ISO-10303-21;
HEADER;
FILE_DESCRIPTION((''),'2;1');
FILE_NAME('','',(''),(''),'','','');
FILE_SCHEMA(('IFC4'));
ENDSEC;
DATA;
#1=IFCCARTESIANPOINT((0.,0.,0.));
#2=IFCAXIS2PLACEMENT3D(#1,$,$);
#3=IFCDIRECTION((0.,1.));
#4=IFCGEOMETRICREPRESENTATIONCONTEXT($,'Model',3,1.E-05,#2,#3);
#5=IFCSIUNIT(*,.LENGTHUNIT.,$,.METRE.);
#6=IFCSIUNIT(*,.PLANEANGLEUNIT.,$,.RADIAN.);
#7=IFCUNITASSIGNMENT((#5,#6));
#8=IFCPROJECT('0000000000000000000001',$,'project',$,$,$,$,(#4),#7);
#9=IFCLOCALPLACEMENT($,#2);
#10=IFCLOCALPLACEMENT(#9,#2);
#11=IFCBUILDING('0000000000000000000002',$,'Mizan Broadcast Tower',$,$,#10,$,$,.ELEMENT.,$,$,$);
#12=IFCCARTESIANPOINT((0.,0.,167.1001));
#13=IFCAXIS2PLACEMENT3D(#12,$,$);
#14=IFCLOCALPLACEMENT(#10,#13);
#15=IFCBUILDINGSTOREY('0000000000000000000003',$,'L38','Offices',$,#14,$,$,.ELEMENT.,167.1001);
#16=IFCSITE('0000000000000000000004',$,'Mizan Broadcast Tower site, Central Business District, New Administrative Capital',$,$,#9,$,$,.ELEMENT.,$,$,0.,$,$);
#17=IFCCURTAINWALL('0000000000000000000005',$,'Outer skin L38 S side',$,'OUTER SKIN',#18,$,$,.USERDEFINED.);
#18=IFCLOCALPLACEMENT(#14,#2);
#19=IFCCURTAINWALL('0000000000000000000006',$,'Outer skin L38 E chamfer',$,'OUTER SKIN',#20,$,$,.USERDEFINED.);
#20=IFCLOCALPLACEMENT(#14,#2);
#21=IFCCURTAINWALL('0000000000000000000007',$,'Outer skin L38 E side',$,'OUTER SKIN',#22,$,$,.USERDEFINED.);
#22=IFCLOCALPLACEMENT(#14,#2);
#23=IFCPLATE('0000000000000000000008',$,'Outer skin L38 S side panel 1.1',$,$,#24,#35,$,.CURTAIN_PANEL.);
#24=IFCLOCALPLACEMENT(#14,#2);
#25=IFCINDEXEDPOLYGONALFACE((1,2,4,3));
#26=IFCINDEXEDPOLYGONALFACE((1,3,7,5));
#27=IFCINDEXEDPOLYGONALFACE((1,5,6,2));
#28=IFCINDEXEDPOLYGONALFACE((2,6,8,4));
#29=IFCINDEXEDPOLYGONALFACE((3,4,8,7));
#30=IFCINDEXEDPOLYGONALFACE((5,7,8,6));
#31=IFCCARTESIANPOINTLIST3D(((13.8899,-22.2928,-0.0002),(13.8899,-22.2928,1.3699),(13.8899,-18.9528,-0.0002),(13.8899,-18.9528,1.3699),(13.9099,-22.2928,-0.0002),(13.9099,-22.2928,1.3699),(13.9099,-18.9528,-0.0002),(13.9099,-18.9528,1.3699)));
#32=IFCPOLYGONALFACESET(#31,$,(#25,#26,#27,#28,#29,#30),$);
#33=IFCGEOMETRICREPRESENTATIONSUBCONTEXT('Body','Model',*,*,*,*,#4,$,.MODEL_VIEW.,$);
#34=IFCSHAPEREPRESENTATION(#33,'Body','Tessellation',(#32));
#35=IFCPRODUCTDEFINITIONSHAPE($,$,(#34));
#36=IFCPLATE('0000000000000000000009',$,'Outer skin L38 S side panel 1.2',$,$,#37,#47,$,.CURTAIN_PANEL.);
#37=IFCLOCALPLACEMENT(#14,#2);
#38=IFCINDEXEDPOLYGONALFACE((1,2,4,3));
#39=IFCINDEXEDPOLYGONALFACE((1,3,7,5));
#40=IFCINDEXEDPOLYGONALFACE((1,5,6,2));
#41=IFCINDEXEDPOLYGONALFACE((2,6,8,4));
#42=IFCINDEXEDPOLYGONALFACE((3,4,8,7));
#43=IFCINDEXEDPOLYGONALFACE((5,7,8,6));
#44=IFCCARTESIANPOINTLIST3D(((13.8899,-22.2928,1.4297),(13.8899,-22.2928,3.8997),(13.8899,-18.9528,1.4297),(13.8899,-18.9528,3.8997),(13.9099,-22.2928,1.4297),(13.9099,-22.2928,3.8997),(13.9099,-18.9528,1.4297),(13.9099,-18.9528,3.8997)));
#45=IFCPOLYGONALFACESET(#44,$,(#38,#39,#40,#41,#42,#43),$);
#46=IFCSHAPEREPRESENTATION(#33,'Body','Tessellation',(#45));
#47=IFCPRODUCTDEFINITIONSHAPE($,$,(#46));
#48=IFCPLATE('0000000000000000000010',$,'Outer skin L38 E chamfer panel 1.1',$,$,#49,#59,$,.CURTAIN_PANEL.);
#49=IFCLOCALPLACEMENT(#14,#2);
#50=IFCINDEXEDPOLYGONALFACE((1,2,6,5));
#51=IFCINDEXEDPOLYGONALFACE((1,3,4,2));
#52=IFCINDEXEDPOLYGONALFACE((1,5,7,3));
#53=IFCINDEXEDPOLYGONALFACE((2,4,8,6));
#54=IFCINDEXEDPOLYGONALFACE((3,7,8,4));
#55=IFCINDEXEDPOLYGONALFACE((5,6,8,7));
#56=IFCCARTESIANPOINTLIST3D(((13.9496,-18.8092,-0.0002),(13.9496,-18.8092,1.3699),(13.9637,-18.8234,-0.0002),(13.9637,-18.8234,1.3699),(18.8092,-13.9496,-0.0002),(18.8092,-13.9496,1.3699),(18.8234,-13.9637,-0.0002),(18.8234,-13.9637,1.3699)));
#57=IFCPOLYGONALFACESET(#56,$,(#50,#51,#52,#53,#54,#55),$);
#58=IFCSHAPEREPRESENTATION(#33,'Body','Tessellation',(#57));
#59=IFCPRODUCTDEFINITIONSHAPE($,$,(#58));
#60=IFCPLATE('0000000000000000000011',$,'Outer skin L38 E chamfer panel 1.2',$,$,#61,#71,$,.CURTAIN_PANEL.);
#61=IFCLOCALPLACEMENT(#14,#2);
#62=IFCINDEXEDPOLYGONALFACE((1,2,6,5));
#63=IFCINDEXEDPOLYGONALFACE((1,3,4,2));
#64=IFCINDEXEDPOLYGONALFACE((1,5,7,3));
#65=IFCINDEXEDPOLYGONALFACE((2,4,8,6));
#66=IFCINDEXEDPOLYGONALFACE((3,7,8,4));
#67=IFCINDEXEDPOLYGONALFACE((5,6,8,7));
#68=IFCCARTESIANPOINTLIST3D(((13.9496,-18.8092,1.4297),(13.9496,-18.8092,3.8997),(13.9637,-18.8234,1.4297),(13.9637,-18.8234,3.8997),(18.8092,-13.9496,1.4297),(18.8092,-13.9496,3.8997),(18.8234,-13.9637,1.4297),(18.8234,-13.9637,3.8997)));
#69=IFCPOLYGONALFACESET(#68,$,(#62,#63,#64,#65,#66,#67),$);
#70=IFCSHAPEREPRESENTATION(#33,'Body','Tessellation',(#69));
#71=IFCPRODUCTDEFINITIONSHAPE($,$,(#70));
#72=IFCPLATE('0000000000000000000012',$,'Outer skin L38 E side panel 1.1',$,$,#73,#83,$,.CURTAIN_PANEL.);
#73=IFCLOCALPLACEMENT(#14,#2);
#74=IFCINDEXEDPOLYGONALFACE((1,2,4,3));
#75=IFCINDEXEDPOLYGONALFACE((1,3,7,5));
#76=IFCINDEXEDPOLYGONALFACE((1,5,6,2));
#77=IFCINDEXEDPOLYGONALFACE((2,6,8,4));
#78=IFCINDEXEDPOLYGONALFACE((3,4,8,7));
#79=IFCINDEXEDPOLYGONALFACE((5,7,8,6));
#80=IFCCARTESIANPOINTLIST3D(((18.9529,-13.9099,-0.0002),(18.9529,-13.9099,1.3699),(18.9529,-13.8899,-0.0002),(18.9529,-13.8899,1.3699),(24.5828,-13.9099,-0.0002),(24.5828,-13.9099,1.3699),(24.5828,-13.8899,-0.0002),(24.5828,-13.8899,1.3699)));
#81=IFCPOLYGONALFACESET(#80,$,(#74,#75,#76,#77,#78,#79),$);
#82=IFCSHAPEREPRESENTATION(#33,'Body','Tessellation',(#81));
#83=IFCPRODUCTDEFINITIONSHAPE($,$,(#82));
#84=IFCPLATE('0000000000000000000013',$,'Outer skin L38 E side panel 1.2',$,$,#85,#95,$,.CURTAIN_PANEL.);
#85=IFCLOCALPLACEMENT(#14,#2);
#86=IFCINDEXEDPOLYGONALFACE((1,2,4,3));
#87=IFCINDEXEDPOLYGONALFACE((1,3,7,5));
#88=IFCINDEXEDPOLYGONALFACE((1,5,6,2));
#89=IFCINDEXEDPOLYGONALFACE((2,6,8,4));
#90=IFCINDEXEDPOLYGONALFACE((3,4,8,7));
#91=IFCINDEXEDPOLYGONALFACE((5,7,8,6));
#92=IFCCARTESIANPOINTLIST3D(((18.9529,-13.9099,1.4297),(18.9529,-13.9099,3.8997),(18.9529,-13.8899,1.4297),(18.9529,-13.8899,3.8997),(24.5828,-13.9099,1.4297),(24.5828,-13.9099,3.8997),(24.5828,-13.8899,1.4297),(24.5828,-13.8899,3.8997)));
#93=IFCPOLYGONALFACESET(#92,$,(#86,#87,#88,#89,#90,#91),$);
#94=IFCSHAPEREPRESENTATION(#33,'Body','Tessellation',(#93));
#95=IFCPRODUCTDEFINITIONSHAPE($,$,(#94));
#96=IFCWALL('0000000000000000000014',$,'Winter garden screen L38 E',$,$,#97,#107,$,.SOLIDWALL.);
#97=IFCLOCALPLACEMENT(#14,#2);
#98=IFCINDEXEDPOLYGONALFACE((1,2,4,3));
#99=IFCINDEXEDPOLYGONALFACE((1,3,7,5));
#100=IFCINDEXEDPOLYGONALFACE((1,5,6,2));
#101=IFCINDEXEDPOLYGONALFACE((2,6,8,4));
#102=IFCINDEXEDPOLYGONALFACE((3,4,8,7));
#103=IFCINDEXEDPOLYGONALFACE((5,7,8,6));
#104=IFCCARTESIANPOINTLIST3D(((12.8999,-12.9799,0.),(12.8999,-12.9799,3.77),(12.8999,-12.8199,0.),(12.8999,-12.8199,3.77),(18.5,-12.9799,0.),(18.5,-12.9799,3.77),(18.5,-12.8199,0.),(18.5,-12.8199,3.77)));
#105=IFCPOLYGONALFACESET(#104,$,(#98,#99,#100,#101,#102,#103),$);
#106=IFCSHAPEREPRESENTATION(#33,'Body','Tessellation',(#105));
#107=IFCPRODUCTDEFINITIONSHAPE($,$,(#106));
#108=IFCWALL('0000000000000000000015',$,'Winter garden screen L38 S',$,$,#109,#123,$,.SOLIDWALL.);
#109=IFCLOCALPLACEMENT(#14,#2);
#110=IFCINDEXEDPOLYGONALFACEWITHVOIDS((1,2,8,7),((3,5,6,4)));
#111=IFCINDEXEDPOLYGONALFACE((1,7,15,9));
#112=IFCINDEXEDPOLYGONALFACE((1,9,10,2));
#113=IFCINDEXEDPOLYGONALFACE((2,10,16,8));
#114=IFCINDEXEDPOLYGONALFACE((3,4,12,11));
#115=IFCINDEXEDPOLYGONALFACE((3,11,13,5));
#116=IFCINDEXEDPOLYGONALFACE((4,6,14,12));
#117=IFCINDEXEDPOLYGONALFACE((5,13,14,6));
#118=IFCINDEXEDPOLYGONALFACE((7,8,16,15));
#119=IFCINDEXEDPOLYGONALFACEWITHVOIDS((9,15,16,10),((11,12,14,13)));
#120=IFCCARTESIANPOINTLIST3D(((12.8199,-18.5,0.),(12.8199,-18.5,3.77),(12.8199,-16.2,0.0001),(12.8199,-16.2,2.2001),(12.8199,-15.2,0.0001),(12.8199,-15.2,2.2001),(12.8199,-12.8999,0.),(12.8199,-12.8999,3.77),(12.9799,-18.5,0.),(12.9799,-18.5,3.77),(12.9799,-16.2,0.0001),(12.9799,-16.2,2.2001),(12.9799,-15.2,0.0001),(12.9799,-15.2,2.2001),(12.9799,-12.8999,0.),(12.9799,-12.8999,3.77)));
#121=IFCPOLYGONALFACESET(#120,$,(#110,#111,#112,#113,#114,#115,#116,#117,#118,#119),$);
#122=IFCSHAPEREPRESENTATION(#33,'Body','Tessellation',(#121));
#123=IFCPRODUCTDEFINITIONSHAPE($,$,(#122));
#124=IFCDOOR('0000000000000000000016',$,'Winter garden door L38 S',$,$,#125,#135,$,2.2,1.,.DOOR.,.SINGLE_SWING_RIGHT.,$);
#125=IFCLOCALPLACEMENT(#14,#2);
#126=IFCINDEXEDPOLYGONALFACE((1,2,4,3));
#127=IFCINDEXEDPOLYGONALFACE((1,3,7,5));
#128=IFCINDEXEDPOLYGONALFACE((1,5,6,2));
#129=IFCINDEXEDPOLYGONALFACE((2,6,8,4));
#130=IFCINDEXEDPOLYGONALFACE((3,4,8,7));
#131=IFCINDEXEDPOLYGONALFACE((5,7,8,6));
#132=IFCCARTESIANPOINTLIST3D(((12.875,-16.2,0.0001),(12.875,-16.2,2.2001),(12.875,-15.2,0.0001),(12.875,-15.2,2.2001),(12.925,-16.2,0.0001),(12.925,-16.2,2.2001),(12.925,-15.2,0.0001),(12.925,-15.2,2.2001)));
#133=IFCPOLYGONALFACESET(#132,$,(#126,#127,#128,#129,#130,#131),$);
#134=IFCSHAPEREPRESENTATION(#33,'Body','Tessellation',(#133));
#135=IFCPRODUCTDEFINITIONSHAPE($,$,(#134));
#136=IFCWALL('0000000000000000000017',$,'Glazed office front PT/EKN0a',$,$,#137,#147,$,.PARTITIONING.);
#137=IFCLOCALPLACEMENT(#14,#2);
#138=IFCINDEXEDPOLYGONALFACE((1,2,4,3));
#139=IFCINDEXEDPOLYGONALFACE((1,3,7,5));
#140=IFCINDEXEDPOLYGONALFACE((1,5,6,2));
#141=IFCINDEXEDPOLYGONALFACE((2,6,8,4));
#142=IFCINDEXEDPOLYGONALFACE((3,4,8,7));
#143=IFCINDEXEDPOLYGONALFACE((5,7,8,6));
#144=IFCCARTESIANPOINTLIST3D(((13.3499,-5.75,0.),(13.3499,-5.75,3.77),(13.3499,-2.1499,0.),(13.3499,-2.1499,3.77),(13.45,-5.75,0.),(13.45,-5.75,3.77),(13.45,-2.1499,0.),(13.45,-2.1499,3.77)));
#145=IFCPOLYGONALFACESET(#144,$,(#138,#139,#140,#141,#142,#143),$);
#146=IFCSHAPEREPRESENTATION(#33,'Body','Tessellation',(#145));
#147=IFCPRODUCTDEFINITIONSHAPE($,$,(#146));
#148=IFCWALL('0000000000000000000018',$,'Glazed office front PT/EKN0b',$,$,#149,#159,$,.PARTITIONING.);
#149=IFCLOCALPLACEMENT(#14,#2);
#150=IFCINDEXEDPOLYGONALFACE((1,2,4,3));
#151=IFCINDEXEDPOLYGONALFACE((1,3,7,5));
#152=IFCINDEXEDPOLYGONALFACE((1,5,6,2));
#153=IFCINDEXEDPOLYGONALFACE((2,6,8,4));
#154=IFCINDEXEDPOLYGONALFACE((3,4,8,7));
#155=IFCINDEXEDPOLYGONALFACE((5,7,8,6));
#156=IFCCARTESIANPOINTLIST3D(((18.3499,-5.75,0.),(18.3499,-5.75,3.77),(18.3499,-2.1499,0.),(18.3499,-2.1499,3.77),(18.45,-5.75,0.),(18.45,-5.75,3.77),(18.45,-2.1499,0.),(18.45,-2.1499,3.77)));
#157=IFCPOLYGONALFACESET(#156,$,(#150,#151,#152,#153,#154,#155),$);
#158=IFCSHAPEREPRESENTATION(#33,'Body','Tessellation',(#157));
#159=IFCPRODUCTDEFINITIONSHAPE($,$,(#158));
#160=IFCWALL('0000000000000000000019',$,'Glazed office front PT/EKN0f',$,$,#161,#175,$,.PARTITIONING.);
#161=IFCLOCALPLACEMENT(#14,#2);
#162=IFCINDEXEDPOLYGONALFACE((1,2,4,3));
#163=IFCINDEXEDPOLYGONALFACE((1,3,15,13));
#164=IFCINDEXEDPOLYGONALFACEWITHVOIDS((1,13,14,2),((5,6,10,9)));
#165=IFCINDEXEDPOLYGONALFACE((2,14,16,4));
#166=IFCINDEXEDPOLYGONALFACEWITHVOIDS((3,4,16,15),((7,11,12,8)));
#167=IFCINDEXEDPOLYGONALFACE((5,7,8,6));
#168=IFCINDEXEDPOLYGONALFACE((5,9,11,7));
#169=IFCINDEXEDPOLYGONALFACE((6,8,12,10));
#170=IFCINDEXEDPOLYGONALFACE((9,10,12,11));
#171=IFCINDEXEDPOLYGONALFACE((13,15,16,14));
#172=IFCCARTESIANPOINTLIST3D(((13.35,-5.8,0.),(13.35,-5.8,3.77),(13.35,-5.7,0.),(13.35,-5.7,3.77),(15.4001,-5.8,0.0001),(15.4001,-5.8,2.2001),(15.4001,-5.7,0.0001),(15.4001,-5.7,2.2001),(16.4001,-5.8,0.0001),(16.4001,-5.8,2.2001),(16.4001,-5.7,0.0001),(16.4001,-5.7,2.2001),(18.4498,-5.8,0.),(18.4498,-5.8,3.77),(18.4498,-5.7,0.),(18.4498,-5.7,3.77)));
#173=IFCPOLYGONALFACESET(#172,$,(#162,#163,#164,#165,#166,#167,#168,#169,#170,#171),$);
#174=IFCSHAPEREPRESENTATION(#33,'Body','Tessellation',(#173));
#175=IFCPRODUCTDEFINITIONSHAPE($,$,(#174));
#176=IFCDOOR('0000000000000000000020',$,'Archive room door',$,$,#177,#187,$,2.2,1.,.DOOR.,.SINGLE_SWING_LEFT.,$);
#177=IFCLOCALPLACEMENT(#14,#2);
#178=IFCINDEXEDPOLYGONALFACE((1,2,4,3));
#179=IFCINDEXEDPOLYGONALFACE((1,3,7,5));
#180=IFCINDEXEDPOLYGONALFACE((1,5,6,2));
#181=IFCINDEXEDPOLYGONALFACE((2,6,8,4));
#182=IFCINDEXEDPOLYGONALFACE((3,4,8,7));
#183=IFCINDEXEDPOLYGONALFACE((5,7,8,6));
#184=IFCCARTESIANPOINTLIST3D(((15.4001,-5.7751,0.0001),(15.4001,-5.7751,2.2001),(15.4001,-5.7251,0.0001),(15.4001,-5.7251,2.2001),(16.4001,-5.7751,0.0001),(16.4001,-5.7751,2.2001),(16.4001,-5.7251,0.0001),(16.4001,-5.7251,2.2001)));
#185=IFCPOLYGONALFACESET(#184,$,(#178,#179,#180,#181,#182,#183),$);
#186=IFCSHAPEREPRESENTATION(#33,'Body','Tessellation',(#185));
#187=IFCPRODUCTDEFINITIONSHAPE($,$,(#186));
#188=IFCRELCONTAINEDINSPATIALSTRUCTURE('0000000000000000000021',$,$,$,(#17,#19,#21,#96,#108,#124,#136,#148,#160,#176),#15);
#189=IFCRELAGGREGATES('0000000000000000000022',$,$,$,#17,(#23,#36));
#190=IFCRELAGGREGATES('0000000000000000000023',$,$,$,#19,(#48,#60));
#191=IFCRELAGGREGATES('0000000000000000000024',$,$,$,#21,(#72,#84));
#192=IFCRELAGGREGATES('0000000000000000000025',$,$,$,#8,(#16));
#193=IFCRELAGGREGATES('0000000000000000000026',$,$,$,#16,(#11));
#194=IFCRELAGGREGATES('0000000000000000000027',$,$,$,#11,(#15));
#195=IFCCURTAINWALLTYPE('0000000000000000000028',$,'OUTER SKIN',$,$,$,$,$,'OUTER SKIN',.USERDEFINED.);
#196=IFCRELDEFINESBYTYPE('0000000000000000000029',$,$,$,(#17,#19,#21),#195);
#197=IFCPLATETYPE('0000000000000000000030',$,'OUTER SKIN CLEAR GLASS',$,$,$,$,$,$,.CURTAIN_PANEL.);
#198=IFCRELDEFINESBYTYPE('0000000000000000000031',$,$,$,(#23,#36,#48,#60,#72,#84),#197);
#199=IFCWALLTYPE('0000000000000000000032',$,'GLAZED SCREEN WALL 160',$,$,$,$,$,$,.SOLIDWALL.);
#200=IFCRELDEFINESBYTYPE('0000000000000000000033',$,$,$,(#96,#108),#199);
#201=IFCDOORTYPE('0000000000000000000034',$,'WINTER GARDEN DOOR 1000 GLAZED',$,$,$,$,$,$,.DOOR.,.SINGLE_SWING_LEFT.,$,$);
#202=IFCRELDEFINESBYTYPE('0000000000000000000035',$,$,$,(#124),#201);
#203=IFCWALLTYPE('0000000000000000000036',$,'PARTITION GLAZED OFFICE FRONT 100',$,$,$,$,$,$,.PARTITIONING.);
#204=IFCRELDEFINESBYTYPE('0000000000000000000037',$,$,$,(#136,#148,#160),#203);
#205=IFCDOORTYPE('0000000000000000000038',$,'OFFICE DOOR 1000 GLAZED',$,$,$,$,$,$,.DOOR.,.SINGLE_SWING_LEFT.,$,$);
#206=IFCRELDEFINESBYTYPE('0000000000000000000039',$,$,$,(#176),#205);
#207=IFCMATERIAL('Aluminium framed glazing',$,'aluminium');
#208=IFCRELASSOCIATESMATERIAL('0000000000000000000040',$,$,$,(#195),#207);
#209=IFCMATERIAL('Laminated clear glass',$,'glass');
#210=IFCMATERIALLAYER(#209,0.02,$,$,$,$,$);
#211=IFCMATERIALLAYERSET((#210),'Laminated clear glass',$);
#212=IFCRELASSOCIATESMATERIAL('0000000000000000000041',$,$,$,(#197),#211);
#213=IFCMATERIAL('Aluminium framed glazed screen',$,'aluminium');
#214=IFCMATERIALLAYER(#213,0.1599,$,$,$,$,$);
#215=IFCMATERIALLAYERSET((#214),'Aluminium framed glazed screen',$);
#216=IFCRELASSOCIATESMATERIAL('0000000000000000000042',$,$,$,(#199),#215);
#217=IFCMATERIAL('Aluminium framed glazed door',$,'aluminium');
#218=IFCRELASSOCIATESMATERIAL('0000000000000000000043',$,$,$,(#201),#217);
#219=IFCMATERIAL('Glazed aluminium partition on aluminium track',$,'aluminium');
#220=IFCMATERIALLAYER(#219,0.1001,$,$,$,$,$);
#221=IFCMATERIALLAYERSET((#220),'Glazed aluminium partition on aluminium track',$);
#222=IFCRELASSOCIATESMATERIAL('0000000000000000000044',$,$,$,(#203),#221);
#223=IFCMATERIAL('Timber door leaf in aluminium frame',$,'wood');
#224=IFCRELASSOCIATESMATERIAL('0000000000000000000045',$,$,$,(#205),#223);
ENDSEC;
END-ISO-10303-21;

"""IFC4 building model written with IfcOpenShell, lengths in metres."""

from ifc_helpers import new_model, si_unit, direction, frame, frame_2d, origin, origin_2d, place, context, subcontext, project, spatial, rectangle, extrude, material, layer, layer_set, type_object, element, fill, aggregate, save


model = new_model("IFC4")

# Units and contexts
model_context = context("Model", 3, precision=1e-05, world=origin(), true_north=direction((0.0, 1.0)))
body_context = subcontext(model_context, "Body", "Model", "MODEL_VIEW")
ifc_project = project(units=[si_unit("LENGTHUNIT", "METRE"), si_unit("PLANEANGLEUNIT", "RADIAN")], contexts=[model_context])

# Site, building, storey
site_placement = place(None, origin())
site = spatial("IfcSite", under=ifc_project, at=site_placement, Name="Mizan Broadcast Tower site, Central Business District, New Administrative Capital", CompositionType="ELEMENT", RefElevation=0.0)
building_placement = place(site_placement, origin())
building = spatial("IfcBuilding", under=site, at=building_placement, Name="Mizan Broadcast Tower", CompositionType="ELEMENT")
storey_placement = place(building_placement, frame((0.0, 0.0, 167.1001)))
storey = spatial("IfcBuildingStorey", under=building, at=storey_placement, Name="L38", Description="Offices", CompositionType="ELEMENT", Elevation=167.1001)

# Curtain walls
ifc_material_1 = material(Name="Aluminium framed glazing", Category="aluminium")
curtain_wall_type_1 = type_object("IfcCurtainWallType", Name="OUTER SKIN", ElementType="OUTER SKIN", PredefinedType="USERDEFINED", material=ifc_material_1)
curtain_wall_1_placement = place(storey_placement, origin())
curtain_wall_1 = element("IfcCurtainWall", 1, at=curtain_wall_1_placement, inside=storey, type_object=curtain_wall_type_1, Name="Outer skin L38 S side", ObjectType="OUTER SKIN", PredefinedType="USERDEFINED")
curtain_wall_2_placement = place(storey_placement, origin())
curtain_wall_2 = element("IfcCurtainWall", 2, at=curtain_wall_2_placement, inside=storey, type_object=curtain_wall_type_1, Name="Outer skin L38 E chamfer", ObjectType="OUTER SKIN", PredefinedType="USERDEFINED")
curtain_wall_3_placement = place(storey_placement, origin())
curtain_wall_3 = element("IfcCurtainWall", 3, at=curtain_wall_3_placement, inside=storey, type_object=curtain_wall_type_1, Name="Outer skin L38 E side", ObjectType="OUTER SKIN", PredefinedType="USERDEFINED")

# Plates
ifc_material_2 = material(Name="Laminated clear glass", Category="glass")
ifc_layer_1 = layer(ifc_material_2, 0.02)
ifc_layer_set_1 = layer_set([ifc_layer_1], Name="Laminated clear glass")
plate_type_1 = type_object("IfcPlateType", Name="OUTER SKIN CLEAR GLASS", PredefinedType="CURTAIN_PANEL", material=ifc_layer_set_1)
plate_1_placement = place(storey_placement, frame((13.8999, -20.6228, -0.0002), z_axis=(0.0, 0.0, 1.0), x_axis=(0.0, 1.0, 0.0)))
plate_1 = element("IfcPlate", 4, at=plate_1_placement, type_object=plate_type_1, Name="Outer skin L38 S side panel 1.1", PredefinedType="CURTAIN_PANEL", context=body_context, shape_type="SweptSolid", body=[
    extrude(rectangle(XDim=3.3401, YDim=0.02, at=origin_2d()), origin(), (0.0, 0.0, 1.0), 1.3701),
])
plate_2_placement = place(storey_placement, frame((13.8999, -20.6228, 1.4297), z_axis=(0.0, 0.0, 1.0), x_axis=(0.0, 1.0, 0.0)))
plate_2 = element("IfcPlate", 5, at=plate_2_placement, type_object=plate_type_1, Name="Outer skin L38 S side panel 1.2", PredefinedType="CURTAIN_PANEL", context=body_context, shape_type="SweptSolid", body=[
    extrude(rectangle(XDim=3.3401, YDim=0.02, at=origin_2d()), origin(), (0.0, 0.0, 1.0), 2.47),
])
aggregate(curtain_wall_1, [plate_1, plate_2])
plate_3_placement = place(storey_placement, frame((16.3865, -16.3865, -0.0002), z_axis=(0.0, 0.0, 1.0), x_axis=(0.707107, 0.707107, 0.0)))
plate_3 = element("IfcPlate", 6, at=plate_3_placement, type_object=plate_type_1, Name="Outer skin L38 E chamfer panel 1.1", PredefinedType="CURTAIN_PANEL", context=body_context, shape_type="SweptSolid", body=[
    extrude(rectangle(XDim=6.8726, YDim=0.02, at=origin_2d()), origin(), (0.0, 0.0, 1.0), 1.3701),
])
plate_4_placement = place(storey_placement, frame((16.3865, -16.3865, 1.4297), z_axis=(0.0, 0.0, 1.0), x_axis=(0.707107, 0.707107, 0.0)))
plate_4 = element("IfcPlate", 7, at=plate_4_placement, type_object=plate_type_1, Name="Outer skin L38 E chamfer panel 1.2", PredefinedType="CURTAIN_PANEL", context=body_context, shape_type="SweptSolid", body=[
    extrude(rectangle(XDim=6.8726, YDim=0.02, at=origin_2d()), origin(), (0.0, 0.0, 1.0), 2.47),
])
aggregate(curtain_wall_2, [plate_3, plate_4])
plate_5_placement = place(storey_placement, frame((21.7678, -13.8999, -0.0002), z_axis=(0.0, 0.0, 1.0), x_axis=(1.0, 0.0, 0.0)))
plate_5 = element("IfcPlate", 8, at=plate_5_placement, type_object=plate_type_1, Name="Outer skin L38 E side panel 1.1", PredefinedType="CURTAIN_PANEL", context=body_context, shape_type="SweptSolid", body=[
    extrude(rectangle(XDim=5.6299, YDim=0.02, at=origin_2d()), origin(), (0.0, 0.0, 1.0), 1.3701),
])
plate_6_placement = place(storey_placement, frame((21.7678, -13.8999, 1.4297), z_axis=(0.0, 0.0, 1.0), x_axis=(1.0, 0.0, 0.0)))
plate_6 = element("IfcPlate", 9, at=plate_6_placement, type_object=plate_type_1, Name="Outer skin L38 E side panel 1.2", PredefinedType="CURTAIN_PANEL", context=body_context, shape_type="SweptSolid", body=[
    extrude(rectangle(XDim=5.6299, YDim=0.02, at=origin_2d()), origin(), (0.0, 0.0, 1.0), 2.47),
])
aggregate(curtain_wall_3, [plate_5, plate_6])

# Wall
ifc_material_3 = material(Name="Aluminium framed glazed screen", Category="aluminium")
ifc_layer_2 = layer(ifc_material_3, 0.1599)
ifc_layer_set_2 = layer_set([ifc_layer_2], Name="Aluminium framed glazed screen")
wall_type_1 = type_object("IfcWallType", Name="GLAZED SCREEN WALL 160", PredefinedType="SOLIDWALL", material=ifc_layer_set_2)
wall_1_placement = place(storey_placement, frame((12.8999, -12.8999, 0.0), z_axis=(0.0, 0.0, 1.0), x_axis=(1.0, 0.0, 0.0)))
element("IfcWall", 10, at=wall_1_placement, inside=storey, type_object=wall_type_1, Name="Winter garden screen L38 E", PredefinedType="SOLIDWALL", context=body_context, shape_type="SweptSolid", body=[
    extrude(rectangle(XDim=5.6001, YDim=0.1599, at=frame_2d((2.8, 0.0))), origin(), (0.0, 0.0, 1.0), 3.77),
])

# Wall, opening, door
wall_2_placement = place(storey_placement, frame((12.8999, -18.5, 0.0), z_axis=(0.0, 0.0, 1.0), x_axis=(0.0, 1.0, 0.0)))
wall_2 = element("IfcWall", 11, at=wall_2_placement, inside=storey, type_object=wall_type_1, Name="Winter garden screen L38 S", PredefinedType="SOLIDWALL", context=body_context, shape_type="SweptSolid", body=[
    extrude(rectangle(XDim=5.6001, YDim=0.1599, at=frame_2d((2.8, 0.0))), origin(), (0.0, 0.0, 1.0), 3.77),
])
opening_1_placement = place(wall_2_placement, frame((2.3, 0.0, 0.0)))
opening_1 = element("IfcOpeningElement", 12, at=opening_1_placement, cuts=wall_2, PredefinedType="OPENING", context=body_context, shape_type="SweptSolid", body=[
    extrude(rectangle(XDim=1.0, YDim=2.2, at=frame_2d((0.5, 1.1001))), frame((0.0, 0.0898, 0.0), z_axis=(0.0, -1.0, 0.0), x_axis=(1.0, 0.0, 0.0)), (0.0, 0.0, 1.0), 0.1799),
])
ifc_material_4 = material(Name="Aluminium framed glazed door", Category="aluminium")
door_type_1 = type_object("IfcDoorType", Name="WINTER GARDEN DOOR 1000 GLAZED", OperationType="SINGLE_SWING_LEFT", PredefinedType="DOOR", material=ifc_material_4)
door_1_placement = place(opening_1_placement, origin())
door_1 = element("IfcDoor", 13, at=door_1_placement, inside=storey, type_object=door_type_1, Name="Winter garden door L38 S", OperationType="SINGLE_SWING_RIGHT", OverallHeight=2.2, OverallWidth=1.0, PredefinedType="DOOR", context=body_context, shape_type="SweptSolid", body=[
    extrude(rectangle(XDim=1.0, YDim=2.2, at=frame_2d((0.5, 1.1001))), frame((0.0, 0.0249, 0.0), z_axis=(0.0, -1.0, 0.0), x_axis=(1.0, 0.0, 0.0)), (0.0, 0.0, 1.0), 0.05),
])
fill(opening_1, door_1)

# Walls
ifc_material_5 = material(Name="Glazed aluminium partition on aluminium track", Category="aluminium")
ifc_layer_3 = layer(ifc_material_5, 0.1001)
ifc_layer_set_3 = layer_set([ifc_layer_3], Name="Glazed aluminium partition on aluminium track")
wall_type_2 = type_object("IfcWallType", Name="PARTITION GLAZED OFFICE FRONT 100", PredefinedType="PARTITIONING", material=ifc_layer_set_3)
for number, where, z_axis, x_axis, name in (
    (14, (13.3999, -2.1499, 0.0), (0.0, 0.0, 1.0), (0.0, -1.0, 0.0), "Glazed office front PT/EKN0a"),
    (15, (18.3999, -2.1499, 0.0), (0.0, 0.0, 1.0), (0.0, -1.0, 0.0), "Glazed office front PT/EKN0b"),
):
    element("IfcWall", number, at=place(storey_placement, frame(where, z_axis=z_axis, x_axis=x_axis)), inside=storey, type_object=wall_type_2, Name=name, PredefinedType="PARTITIONING", context=body_context, shape_type="SweptSolid", body=[
        extrude(rectangle(XDim=3.6001, YDim=0.1001, at=frame_2d((1.8, 0.0))), origin(), (0.0, 0.0, 1.0), 3.77),
    ])

# Wall, opening, door
wall_3_placement = place(storey_placement, frame((13.3501, -5.75, 0.0), z_axis=(0.0, 0.0, 1.0), x_axis=(1.0, 0.0, 0.0)))
wall_3 = element("IfcWall", 16, at=wall_3_placement, inside=storey, type_object=wall_type_2, Name="Glazed office front PT/EKN0f", PredefinedType="PARTITIONING", context=body_context, shape_type="SweptSolid", body=[
    extrude(rectangle(XDim=5.0999, YDim=0.1001, at=frame_2d((2.5498, 0.0))), origin(), (0.0, 0.0, 1.0), 3.77),
])
opening_2_placement = place(wall_3_placement, frame((2.05, 0.0, 0.0)))
opening_2 = element("IfcOpeningElement", 17, at=opening_2_placement, cuts=wall_3, PredefinedType="OPENING", context=body_context, shape_type="SweptSolid", body=[
    extrude(rectangle(XDim=1.0, YDim=2.2, at=frame_2d((0.5, 1.1001))), frame((0.0, 0.0601, 0.0), z_axis=(0.0, -1.0, 0.0), x_axis=(1.0, 0.0, 0.0)), (0.0, 0.0, 1.0), 0.1201),
])
ifc_material_6 = material(Name="Timber door leaf in aluminium frame", Category="wood")
door_type_2 = type_object("IfcDoorType", Name="OFFICE DOOR 1000 GLAZED", OperationType="SINGLE_SWING_LEFT", PredefinedType="DOOR", material=ifc_material_6)
door_2_placement = place(opening_2_placement, origin())
door_2 = element("IfcDoor", 18, at=door_2_placement, inside=storey, type_object=door_type_2, Name="Archive room door", OperationType="SINGLE_SWING_LEFT", OverallHeight=2.2, OverallWidth=1.0, PredefinedType="DOOR", context=body_context, shape_type="SweptSolid", body=[
    extrude(rectangle(XDim=1.0, YDim=2.2, at=frame_2d((0.5, 1.1001))), frame((0.0, 0.0249, 0.0), z_axis=(0.0, -1.0, 0.0), x_axis=(1.0, 0.0, 0.0)), (0.0, 0.0, 1.0), 0.05),
])
fill(opening_2, door_2)

save(model, "model.ifc")
